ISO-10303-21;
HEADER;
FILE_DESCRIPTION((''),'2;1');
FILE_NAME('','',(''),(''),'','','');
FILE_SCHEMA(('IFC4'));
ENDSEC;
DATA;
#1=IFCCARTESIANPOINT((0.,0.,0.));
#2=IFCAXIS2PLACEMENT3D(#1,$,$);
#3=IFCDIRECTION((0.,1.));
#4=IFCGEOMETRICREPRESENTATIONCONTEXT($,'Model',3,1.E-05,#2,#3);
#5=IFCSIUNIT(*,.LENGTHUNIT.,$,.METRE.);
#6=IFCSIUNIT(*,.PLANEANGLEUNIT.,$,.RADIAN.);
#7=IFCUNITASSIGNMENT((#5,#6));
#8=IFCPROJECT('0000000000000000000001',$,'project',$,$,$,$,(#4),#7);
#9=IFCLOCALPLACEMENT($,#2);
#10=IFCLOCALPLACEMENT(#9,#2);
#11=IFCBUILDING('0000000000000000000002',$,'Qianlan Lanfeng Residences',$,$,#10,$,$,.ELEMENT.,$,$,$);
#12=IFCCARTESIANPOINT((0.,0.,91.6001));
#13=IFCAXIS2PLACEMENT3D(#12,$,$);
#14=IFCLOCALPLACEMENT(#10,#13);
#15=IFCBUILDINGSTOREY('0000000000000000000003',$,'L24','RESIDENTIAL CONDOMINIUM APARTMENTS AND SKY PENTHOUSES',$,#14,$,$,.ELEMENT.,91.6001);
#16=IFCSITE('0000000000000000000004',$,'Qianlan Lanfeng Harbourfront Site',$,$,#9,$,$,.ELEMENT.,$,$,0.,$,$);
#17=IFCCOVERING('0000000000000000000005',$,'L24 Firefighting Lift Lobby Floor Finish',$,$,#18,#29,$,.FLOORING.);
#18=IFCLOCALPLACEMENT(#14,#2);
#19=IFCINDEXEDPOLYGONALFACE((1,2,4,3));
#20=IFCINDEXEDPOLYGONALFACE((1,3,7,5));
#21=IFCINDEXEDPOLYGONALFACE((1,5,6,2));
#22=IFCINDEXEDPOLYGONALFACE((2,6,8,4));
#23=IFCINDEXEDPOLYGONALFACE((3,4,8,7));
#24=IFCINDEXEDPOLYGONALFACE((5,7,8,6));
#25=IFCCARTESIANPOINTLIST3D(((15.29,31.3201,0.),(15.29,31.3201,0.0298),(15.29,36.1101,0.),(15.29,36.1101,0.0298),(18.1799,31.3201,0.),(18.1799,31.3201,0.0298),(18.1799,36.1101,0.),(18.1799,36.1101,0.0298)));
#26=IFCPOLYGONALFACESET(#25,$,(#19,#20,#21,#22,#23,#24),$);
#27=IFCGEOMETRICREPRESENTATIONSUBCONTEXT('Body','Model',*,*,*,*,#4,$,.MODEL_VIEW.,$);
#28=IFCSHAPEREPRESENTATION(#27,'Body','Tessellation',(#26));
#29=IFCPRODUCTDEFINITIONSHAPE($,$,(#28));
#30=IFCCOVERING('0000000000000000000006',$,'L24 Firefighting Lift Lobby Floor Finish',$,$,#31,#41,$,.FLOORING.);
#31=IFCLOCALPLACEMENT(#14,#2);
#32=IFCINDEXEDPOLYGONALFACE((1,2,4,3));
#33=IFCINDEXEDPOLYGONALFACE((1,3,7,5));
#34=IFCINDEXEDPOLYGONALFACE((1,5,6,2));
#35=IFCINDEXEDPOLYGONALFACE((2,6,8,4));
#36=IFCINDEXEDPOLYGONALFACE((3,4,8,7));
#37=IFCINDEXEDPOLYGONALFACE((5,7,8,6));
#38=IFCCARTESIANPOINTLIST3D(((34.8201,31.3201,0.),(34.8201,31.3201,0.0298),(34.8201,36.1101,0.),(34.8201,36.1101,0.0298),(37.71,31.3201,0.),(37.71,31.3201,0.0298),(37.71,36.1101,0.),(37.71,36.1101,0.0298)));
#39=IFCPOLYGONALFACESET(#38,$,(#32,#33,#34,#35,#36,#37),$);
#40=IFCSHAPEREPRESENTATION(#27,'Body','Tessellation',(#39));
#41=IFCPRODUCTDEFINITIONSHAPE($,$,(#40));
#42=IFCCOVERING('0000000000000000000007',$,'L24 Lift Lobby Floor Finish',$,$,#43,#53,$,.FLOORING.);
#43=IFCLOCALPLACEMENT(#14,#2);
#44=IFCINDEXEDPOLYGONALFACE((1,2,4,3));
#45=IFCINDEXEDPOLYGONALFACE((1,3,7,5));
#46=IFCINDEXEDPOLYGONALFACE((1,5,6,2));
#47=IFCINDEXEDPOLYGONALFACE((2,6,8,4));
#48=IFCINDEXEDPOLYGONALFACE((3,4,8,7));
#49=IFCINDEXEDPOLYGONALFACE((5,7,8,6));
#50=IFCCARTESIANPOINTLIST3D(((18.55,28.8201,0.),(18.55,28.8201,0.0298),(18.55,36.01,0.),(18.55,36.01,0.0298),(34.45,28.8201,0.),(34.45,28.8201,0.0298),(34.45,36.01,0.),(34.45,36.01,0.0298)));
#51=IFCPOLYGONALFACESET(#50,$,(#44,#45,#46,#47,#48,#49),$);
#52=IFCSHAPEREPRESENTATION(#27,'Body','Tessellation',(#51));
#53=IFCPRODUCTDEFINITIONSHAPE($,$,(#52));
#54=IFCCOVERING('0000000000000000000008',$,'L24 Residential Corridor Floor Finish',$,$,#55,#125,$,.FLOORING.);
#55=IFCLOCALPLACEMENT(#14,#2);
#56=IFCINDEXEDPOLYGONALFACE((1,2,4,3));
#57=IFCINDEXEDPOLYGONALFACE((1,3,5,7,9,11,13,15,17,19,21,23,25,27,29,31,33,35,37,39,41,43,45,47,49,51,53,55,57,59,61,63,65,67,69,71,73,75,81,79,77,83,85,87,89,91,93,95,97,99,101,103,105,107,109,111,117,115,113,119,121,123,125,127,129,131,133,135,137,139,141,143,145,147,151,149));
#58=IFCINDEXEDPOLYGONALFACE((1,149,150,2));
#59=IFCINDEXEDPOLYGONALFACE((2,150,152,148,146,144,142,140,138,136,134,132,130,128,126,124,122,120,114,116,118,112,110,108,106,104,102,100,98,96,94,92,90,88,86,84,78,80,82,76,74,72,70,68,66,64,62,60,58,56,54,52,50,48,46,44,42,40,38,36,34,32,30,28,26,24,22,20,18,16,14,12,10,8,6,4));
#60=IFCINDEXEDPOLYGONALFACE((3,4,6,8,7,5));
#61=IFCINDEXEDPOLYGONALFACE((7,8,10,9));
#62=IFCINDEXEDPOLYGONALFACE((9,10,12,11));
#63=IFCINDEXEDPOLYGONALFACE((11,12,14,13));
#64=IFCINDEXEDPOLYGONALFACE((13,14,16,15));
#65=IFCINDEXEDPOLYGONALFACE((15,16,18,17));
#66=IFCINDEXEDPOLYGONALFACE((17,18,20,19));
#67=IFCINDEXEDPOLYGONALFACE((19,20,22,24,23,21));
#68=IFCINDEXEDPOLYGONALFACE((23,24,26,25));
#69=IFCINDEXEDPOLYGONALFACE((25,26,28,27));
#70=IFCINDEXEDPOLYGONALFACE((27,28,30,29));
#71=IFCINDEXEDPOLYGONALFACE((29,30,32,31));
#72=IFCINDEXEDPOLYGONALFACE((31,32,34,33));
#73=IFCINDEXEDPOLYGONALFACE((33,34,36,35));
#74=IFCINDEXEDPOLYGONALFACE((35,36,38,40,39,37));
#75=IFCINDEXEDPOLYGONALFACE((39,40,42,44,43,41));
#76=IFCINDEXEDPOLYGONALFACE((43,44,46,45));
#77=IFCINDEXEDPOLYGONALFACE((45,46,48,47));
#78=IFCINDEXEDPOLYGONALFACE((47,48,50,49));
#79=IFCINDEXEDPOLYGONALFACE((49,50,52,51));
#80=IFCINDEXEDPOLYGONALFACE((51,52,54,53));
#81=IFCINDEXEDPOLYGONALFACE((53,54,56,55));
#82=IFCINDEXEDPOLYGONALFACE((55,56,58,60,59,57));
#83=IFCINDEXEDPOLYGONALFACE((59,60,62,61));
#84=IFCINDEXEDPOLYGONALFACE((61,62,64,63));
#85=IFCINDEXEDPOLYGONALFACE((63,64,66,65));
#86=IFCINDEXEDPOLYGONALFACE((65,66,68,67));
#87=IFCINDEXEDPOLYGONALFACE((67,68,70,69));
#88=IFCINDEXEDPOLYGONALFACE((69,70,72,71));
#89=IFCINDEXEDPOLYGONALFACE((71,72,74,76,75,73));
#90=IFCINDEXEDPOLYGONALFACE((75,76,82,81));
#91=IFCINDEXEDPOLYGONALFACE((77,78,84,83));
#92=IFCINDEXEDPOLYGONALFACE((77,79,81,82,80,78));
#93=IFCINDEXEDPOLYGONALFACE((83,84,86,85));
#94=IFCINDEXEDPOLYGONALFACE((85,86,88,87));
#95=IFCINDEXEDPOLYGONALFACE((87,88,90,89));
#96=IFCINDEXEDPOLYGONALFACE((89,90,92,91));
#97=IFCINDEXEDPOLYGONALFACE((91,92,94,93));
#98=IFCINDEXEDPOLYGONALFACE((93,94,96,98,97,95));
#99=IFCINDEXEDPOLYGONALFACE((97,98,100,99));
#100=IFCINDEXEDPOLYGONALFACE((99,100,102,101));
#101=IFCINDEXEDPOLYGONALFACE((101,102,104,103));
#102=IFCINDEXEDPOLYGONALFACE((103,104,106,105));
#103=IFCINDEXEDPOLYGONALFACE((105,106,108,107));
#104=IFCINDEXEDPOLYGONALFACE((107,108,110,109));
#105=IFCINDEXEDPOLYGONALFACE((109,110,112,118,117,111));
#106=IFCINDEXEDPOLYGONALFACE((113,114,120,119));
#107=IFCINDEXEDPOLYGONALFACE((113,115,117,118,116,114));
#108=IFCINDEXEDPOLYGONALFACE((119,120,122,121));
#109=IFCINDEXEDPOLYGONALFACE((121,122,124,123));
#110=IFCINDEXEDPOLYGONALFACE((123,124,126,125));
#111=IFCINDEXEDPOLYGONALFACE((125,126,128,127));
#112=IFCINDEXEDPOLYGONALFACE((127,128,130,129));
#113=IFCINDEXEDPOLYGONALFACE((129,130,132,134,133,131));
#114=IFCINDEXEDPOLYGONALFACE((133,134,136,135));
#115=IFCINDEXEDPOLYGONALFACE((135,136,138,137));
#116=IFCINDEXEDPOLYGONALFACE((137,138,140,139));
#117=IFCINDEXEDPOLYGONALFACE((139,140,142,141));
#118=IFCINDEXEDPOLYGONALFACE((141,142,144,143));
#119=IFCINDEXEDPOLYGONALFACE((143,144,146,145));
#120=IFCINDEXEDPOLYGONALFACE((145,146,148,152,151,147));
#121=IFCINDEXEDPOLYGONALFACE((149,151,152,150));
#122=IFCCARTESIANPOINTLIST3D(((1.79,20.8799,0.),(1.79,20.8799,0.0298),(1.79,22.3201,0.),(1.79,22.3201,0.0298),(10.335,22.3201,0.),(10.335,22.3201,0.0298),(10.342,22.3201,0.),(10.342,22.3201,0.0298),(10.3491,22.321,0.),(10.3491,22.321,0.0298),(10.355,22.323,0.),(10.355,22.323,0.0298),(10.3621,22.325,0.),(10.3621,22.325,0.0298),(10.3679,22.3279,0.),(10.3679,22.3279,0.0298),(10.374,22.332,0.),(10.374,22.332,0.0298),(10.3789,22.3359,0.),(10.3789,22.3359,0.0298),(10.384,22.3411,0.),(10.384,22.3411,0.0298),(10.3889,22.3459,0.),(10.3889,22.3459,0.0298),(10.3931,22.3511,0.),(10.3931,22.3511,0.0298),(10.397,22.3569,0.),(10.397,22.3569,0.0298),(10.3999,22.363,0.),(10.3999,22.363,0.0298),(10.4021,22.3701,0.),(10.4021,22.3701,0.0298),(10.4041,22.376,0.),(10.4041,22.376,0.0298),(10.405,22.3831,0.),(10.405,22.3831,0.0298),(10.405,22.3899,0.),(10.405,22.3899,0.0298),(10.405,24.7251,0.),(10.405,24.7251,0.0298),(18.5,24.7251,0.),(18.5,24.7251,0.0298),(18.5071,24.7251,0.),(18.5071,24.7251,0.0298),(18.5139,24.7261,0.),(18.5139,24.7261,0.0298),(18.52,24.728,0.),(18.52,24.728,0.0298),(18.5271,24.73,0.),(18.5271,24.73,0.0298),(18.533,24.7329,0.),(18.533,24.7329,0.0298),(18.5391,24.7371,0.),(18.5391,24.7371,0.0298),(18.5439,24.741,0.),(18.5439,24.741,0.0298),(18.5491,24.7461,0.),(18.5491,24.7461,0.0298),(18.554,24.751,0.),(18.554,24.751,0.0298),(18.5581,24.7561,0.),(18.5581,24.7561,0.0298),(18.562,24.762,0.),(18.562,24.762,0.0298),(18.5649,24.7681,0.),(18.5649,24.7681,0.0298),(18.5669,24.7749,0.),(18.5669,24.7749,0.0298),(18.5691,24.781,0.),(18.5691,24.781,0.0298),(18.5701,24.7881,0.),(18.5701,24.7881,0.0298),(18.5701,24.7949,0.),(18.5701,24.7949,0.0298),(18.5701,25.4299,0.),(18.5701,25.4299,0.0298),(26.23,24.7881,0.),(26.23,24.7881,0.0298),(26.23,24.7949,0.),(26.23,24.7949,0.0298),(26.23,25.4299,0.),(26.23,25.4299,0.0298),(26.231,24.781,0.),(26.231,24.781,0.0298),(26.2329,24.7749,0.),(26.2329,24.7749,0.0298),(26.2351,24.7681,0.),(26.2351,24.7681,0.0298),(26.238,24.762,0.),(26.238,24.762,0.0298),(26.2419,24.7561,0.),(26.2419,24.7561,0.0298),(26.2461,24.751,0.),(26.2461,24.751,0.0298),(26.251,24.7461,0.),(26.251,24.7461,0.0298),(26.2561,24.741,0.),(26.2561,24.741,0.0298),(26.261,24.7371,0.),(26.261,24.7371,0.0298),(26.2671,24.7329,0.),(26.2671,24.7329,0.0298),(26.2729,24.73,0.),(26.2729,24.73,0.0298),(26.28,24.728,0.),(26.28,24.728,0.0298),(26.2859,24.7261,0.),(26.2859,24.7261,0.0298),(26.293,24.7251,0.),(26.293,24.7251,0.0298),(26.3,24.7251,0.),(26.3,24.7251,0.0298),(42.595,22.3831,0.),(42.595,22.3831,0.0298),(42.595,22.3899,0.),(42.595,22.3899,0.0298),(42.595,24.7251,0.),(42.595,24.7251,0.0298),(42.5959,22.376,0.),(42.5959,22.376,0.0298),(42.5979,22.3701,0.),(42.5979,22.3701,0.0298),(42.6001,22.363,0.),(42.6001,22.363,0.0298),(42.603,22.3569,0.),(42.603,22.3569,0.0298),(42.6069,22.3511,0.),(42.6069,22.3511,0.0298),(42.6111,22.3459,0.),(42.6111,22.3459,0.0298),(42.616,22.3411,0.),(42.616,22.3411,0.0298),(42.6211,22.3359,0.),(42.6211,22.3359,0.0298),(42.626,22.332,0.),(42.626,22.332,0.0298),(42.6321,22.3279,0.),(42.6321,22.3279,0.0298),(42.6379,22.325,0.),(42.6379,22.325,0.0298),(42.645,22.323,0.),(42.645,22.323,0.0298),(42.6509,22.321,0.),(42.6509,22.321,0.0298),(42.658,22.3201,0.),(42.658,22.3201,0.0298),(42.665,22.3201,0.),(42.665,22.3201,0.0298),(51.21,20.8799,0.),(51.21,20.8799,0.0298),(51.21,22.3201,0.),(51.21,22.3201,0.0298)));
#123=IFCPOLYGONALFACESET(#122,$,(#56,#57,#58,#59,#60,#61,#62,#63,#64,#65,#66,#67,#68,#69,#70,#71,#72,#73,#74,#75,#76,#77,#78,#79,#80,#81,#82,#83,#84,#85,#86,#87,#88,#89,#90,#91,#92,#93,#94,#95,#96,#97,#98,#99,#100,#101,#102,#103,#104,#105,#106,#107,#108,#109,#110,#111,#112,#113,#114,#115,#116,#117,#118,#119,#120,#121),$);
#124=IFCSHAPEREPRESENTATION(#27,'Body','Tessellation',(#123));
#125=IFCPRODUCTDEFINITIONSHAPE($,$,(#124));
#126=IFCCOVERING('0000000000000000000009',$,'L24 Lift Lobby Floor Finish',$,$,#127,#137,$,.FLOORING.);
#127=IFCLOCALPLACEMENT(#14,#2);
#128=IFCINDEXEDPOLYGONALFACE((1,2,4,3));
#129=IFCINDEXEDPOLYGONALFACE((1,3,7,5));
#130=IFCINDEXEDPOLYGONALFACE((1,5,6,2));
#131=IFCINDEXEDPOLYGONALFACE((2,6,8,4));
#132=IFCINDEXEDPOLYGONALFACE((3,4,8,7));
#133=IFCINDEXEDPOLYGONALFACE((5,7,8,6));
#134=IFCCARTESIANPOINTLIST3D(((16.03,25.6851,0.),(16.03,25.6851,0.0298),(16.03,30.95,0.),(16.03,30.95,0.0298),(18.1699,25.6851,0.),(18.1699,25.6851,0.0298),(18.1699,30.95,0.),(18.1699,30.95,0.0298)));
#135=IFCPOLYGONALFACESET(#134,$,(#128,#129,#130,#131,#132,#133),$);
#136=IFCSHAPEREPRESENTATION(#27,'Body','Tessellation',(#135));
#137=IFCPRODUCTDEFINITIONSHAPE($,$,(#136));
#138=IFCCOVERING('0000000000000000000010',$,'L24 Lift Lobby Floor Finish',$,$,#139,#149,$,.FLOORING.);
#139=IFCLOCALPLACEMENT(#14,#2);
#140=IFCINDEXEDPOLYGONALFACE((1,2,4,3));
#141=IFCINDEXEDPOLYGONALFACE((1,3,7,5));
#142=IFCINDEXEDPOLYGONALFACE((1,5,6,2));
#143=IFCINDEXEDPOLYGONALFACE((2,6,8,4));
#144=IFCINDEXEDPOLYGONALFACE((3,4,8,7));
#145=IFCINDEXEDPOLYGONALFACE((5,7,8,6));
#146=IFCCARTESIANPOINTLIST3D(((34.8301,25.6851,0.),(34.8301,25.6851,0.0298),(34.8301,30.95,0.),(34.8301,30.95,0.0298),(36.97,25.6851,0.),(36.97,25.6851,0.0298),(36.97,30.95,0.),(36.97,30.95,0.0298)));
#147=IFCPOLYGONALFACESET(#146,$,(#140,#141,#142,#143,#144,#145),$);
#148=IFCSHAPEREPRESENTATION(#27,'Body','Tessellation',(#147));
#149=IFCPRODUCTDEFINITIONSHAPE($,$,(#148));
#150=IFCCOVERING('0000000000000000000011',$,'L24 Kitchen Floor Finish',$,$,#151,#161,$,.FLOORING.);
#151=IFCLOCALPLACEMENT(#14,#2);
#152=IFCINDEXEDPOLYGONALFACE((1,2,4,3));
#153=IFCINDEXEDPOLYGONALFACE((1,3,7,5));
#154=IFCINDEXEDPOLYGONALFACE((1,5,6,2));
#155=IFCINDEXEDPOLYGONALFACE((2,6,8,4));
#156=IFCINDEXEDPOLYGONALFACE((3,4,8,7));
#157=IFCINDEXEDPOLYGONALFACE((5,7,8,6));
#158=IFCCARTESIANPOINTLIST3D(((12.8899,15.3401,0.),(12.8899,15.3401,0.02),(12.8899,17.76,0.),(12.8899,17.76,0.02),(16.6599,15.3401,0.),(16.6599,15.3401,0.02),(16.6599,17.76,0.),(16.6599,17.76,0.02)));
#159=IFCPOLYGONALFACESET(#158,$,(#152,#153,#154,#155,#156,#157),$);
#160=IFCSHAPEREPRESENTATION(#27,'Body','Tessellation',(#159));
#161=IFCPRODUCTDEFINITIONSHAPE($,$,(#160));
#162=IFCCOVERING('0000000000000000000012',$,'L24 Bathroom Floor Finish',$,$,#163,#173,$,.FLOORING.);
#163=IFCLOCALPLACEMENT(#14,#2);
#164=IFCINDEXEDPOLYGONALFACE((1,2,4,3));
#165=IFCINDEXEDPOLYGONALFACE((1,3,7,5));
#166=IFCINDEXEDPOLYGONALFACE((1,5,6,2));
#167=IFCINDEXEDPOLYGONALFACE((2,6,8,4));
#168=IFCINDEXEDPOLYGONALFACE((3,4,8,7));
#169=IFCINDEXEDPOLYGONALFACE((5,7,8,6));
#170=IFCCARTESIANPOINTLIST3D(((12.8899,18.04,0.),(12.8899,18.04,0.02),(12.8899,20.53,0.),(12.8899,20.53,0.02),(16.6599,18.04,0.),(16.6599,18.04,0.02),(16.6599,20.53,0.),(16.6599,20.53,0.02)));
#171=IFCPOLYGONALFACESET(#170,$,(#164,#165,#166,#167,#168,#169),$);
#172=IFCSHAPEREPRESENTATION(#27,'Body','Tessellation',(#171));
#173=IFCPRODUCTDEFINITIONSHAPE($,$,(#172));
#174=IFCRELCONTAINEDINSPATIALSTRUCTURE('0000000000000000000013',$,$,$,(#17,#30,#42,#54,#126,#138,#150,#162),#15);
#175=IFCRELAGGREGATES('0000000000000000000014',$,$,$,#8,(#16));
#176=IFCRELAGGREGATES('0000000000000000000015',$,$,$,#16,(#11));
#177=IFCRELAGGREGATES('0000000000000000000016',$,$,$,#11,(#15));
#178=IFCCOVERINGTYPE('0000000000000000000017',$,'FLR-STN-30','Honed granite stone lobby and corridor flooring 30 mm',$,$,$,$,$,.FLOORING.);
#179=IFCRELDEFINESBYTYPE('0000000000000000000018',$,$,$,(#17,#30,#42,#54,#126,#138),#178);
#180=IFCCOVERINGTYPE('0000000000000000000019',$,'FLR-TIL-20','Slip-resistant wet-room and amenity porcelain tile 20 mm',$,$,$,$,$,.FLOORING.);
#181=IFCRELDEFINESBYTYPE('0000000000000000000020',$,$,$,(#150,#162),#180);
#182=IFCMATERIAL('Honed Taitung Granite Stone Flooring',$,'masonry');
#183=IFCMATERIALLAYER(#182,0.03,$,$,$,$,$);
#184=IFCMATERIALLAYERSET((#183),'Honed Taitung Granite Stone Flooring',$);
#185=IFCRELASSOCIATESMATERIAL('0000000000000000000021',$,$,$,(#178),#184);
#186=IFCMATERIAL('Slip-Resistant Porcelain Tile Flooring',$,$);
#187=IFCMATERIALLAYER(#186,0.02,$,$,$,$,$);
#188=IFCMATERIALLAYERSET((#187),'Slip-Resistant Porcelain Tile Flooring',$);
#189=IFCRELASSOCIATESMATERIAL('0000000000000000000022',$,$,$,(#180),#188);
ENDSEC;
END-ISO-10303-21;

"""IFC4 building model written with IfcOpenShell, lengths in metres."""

from ifc_helpers import new_model, si_unit, direction, frame, origin, place, context, subcontext, project, spatial, polyline, outline, extrude, material, layer, layer_set, type_object, element, save


model = new_model("IFC4")

# Units and contexts
model_context = context("Model", 3, precision=1e-05, world=origin(), true_north=direction((0.0, 1.0)))
body_context = subcontext(model_context, "Body", "Model", "MODEL_VIEW")
ifc_project = project(units=[si_unit("LENGTHUNIT", "METRE"), si_unit("PLANEANGLEUNIT", "RADIAN")], contexts=[model_context])

# Site, building, storey
site_placement = place(None, origin())
site = spatial("IfcSite", under=ifc_project, at=site_placement, Name="Qianlan Lanfeng Harbourfront Site", CompositionType="ELEMENT", RefElevation=0.0)
building_placement = place(site_placement, origin())
building = spatial("IfcBuilding", under=site, at=building_placement, Name="Qianlan Lanfeng Residences", CompositionType="ELEMENT")
storey_placement = place(building_placement, frame((0.0, 0.0, 91.6001)))
storey = spatial("IfcBuildingStorey", under=building, at=storey_placement, Name="L24", Description="RESIDENTIAL CONDOMINIUM APARTMENTS AND SKY PENTHOUSES", CompositionType="ELEMENT", Elevation=91.6001)

# Coverings
ifc_material_1 = material(Name="Honed Taitung Granite Stone Flooring", Category="masonry")
ifc_layer_1 = layer(ifc_material_1, 0.03)
ifc_layer_set_1 = layer_set([ifc_layer_1], Name="Honed Taitung Granite Stone Flooring")
covering_type_1 = type_object("IfcCoveringType", Name="FLR-STN-30", Description="Honed granite stone lobby and corridor flooring 30 mm", PredefinedType="FLOORING", material=ifc_layer_set_1)
covering_1_placement = place(storey_placement, origin())
element("IfcCovering", 1, at=covering_1_placement, inside=storey, type_object=covering_type_1, Name="L24 Firefighting Lift Lobby Floor Finish", PredefinedType="FLOORING", context=body_context, shape_type="SweptSolid", body=[
    extrude(outline(polyline([(15.29, 31.3201), (18.1799, 31.3201), (18.1799, 36.1101), (15.29, 36.1101), (15.29, 31.3201)])), origin(), (0.0, 0.0, 1.0), 0.0298),
])
covering_2_placement = place(storey_placement, origin())
element("IfcCovering", 2, at=covering_2_placement, inside=storey, type_object=covering_type_1, Name="L24 Firefighting Lift Lobby Floor Finish", PredefinedType="FLOORING", context=body_context, shape_type="SweptSolid", body=[
    extrude(outline(polyline([(34.8201, 31.3201), (37.71, 31.3201), (37.71, 36.1101), (34.8201, 36.1101), (34.8201, 31.3201)])), origin(), (0.0, 0.0, 1.0), 0.0298),
])
covering_3_placement = place(storey_placement, origin())
element("IfcCovering", 3, at=covering_3_placement, inside=storey, type_object=covering_type_1, Name="L24 Lift Lobby Floor Finish", PredefinedType="FLOORING", context=body_context, shape_type="SweptSolid", body=[
    extrude(outline(polyline([(18.55, 28.8201), (34.45, 28.8201), (34.45, 36.01), (18.55, 36.01), (18.55, 28.8201)])), origin(), (0.0, 0.0, 1.0), 0.0298),
])
covering_4_placement = place(storey_placement, origin())
element("IfcCovering", 4, at=covering_4_placement, inside=storey, type_object=covering_type_1, Name="L24 Residential Corridor Floor Finish", PredefinedType="FLOORING", context=body_context, shape_type="SweptSolid", body=[
    extrude(outline(polyline([(1.79, 20.8799), (51.21, 20.8799), (51.21, 22.3201), (42.665, 22.3201), (42.658, 22.3201), (42.6509, 22.321), (42.645, 22.323), (42.6379, 22.325), (42.6321, 22.3279), (42.626, 22.332), (42.6211, 22.3359), (42.616, 22.3411), (42.6111, 22.3459), (42.6069, 22.3511), (42.603, 22.3569), (42.6001, 22.363), (42.5979, 22.3701), (42.5959, 22.376), (42.595, 22.3831), (42.595, 22.3899), (42.595, 24.7251), (26.3, 24.7251), (26.293, 24.7251), (26.2859, 24.7261), (26.28, 24.728), (26.2729, 24.73), (26.2671, 24.7329), (26.261, 24.7371), (26.2561, 24.741), (26.251, 24.7461), (26.2461, 24.751), (26.2419, 24.7561), (26.238, 24.762), (26.2351, 24.7681), (26.2329, 24.7749), (26.231, 24.781), (26.23, 24.7881), (26.23, 24.7949), (26.23, 25.4299), (18.5701, 25.4299), (18.5701, 24.7949), (18.5701, 24.7881), (18.5691, 24.781), (18.5669, 24.7749), (18.5649, 24.7681), (18.562, 24.762), (18.5581, 24.7561), (18.554, 24.751), (18.5491, 24.7461), (18.5439, 24.741), (18.5391, 24.7371), (18.533, 24.7329), (18.5271, 24.73), (18.52, 24.728), (18.5139, 24.7261), (18.5071, 24.7251), (18.5, 24.7251), (10.405, 24.7251), (10.405, 22.3899), (10.405, 22.3831), (10.4041, 22.376), (10.4021, 22.3701), (10.3999, 22.363), (10.397, 22.3569), (10.3931, 22.3511), (10.3889, 22.3459), (10.384, 22.3411), (10.3789, 22.3359), (10.374, 22.332), (10.3679, 22.3279), (10.3621, 22.325), (10.355, 22.323), (10.3491, 22.321), (10.342, 22.3201), (10.335, 22.3201), (1.79, 22.3201), (1.79, 20.8799)])), origin(), (0.0, 0.0, 1.0), 0.0298),
])
covering_5_placement = place(storey_placement, origin())
element("IfcCovering", 5, at=covering_5_placement, inside=storey, type_object=covering_type_1, Name="L24 Lift Lobby Floor Finish", PredefinedType="FLOORING", context=body_context, shape_type="SweptSolid", body=[
    extrude(outline(polyline([(16.03, 25.6851), (18.1699, 25.6851), (18.1699, 30.95), (16.03, 30.95), (16.03, 25.6851)])), origin(), (0.0, 0.0, 1.0), 0.0298),
])
covering_6_placement = place(storey_placement, origin())
element("IfcCovering", 6, at=covering_6_placement, inside=storey, type_object=covering_type_1, Name="L24 Lift Lobby Floor Finish", PredefinedType="FLOORING", context=body_context, shape_type="SweptSolid", body=[
    extrude(outline(polyline([(34.8301, 25.6851), (36.97, 25.6851), (36.97, 30.95), (34.8301, 30.95), (34.8301, 25.6851)])), origin(), (0.0, 0.0, 1.0), 0.0298),
])
ifc_material_2 = material(Name="Slip-Resistant Porcelain Tile Flooring")
ifc_layer_2 = layer(ifc_material_2, 0.02)
ifc_layer_set_2 = layer_set([ifc_layer_2], Name="Slip-Resistant Porcelain Tile Flooring")
covering_type_2 = type_object("IfcCoveringType", Name="FLR-TIL-20", Description="Slip-resistant wet-room and amenity porcelain tile 20 mm", PredefinedType="FLOORING", material=ifc_layer_set_2)
covering_7_placement = place(storey_placement, origin())
element("IfcCovering", 7, at=covering_7_placement, inside=storey, type_object=covering_type_2, Name="L24 Kitchen Floor Finish", PredefinedType="FLOORING", context=body_context, shape_type="SweptSolid", body=[
    extrude(outline(polyline([(12.8899, 15.3401), (16.6599, 15.3401), (16.6599, 17.76), (12.8899, 17.76), (12.8899, 15.3401)])), origin(), (0.0, 0.0, 1.0), 0.02),
])
covering_8_placement = place(storey_placement, origin())
element("IfcCovering", 8, at=covering_8_placement, inside=storey, type_object=covering_type_2, Name="L24 Bathroom Floor Finish", PredefinedType="FLOORING", context=body_context, shape_type="SweptSolid", body=[
    extrude(outline(polyline([(12.8899, 18.04), (16.6599, 18.04), (16.6599, 20.53), (12.8899, 20.53), (12.8899, 18.04)])), origin(), (0.0, 0.0, 1.0), 0.02),
])

save(model, "model.ifc")
